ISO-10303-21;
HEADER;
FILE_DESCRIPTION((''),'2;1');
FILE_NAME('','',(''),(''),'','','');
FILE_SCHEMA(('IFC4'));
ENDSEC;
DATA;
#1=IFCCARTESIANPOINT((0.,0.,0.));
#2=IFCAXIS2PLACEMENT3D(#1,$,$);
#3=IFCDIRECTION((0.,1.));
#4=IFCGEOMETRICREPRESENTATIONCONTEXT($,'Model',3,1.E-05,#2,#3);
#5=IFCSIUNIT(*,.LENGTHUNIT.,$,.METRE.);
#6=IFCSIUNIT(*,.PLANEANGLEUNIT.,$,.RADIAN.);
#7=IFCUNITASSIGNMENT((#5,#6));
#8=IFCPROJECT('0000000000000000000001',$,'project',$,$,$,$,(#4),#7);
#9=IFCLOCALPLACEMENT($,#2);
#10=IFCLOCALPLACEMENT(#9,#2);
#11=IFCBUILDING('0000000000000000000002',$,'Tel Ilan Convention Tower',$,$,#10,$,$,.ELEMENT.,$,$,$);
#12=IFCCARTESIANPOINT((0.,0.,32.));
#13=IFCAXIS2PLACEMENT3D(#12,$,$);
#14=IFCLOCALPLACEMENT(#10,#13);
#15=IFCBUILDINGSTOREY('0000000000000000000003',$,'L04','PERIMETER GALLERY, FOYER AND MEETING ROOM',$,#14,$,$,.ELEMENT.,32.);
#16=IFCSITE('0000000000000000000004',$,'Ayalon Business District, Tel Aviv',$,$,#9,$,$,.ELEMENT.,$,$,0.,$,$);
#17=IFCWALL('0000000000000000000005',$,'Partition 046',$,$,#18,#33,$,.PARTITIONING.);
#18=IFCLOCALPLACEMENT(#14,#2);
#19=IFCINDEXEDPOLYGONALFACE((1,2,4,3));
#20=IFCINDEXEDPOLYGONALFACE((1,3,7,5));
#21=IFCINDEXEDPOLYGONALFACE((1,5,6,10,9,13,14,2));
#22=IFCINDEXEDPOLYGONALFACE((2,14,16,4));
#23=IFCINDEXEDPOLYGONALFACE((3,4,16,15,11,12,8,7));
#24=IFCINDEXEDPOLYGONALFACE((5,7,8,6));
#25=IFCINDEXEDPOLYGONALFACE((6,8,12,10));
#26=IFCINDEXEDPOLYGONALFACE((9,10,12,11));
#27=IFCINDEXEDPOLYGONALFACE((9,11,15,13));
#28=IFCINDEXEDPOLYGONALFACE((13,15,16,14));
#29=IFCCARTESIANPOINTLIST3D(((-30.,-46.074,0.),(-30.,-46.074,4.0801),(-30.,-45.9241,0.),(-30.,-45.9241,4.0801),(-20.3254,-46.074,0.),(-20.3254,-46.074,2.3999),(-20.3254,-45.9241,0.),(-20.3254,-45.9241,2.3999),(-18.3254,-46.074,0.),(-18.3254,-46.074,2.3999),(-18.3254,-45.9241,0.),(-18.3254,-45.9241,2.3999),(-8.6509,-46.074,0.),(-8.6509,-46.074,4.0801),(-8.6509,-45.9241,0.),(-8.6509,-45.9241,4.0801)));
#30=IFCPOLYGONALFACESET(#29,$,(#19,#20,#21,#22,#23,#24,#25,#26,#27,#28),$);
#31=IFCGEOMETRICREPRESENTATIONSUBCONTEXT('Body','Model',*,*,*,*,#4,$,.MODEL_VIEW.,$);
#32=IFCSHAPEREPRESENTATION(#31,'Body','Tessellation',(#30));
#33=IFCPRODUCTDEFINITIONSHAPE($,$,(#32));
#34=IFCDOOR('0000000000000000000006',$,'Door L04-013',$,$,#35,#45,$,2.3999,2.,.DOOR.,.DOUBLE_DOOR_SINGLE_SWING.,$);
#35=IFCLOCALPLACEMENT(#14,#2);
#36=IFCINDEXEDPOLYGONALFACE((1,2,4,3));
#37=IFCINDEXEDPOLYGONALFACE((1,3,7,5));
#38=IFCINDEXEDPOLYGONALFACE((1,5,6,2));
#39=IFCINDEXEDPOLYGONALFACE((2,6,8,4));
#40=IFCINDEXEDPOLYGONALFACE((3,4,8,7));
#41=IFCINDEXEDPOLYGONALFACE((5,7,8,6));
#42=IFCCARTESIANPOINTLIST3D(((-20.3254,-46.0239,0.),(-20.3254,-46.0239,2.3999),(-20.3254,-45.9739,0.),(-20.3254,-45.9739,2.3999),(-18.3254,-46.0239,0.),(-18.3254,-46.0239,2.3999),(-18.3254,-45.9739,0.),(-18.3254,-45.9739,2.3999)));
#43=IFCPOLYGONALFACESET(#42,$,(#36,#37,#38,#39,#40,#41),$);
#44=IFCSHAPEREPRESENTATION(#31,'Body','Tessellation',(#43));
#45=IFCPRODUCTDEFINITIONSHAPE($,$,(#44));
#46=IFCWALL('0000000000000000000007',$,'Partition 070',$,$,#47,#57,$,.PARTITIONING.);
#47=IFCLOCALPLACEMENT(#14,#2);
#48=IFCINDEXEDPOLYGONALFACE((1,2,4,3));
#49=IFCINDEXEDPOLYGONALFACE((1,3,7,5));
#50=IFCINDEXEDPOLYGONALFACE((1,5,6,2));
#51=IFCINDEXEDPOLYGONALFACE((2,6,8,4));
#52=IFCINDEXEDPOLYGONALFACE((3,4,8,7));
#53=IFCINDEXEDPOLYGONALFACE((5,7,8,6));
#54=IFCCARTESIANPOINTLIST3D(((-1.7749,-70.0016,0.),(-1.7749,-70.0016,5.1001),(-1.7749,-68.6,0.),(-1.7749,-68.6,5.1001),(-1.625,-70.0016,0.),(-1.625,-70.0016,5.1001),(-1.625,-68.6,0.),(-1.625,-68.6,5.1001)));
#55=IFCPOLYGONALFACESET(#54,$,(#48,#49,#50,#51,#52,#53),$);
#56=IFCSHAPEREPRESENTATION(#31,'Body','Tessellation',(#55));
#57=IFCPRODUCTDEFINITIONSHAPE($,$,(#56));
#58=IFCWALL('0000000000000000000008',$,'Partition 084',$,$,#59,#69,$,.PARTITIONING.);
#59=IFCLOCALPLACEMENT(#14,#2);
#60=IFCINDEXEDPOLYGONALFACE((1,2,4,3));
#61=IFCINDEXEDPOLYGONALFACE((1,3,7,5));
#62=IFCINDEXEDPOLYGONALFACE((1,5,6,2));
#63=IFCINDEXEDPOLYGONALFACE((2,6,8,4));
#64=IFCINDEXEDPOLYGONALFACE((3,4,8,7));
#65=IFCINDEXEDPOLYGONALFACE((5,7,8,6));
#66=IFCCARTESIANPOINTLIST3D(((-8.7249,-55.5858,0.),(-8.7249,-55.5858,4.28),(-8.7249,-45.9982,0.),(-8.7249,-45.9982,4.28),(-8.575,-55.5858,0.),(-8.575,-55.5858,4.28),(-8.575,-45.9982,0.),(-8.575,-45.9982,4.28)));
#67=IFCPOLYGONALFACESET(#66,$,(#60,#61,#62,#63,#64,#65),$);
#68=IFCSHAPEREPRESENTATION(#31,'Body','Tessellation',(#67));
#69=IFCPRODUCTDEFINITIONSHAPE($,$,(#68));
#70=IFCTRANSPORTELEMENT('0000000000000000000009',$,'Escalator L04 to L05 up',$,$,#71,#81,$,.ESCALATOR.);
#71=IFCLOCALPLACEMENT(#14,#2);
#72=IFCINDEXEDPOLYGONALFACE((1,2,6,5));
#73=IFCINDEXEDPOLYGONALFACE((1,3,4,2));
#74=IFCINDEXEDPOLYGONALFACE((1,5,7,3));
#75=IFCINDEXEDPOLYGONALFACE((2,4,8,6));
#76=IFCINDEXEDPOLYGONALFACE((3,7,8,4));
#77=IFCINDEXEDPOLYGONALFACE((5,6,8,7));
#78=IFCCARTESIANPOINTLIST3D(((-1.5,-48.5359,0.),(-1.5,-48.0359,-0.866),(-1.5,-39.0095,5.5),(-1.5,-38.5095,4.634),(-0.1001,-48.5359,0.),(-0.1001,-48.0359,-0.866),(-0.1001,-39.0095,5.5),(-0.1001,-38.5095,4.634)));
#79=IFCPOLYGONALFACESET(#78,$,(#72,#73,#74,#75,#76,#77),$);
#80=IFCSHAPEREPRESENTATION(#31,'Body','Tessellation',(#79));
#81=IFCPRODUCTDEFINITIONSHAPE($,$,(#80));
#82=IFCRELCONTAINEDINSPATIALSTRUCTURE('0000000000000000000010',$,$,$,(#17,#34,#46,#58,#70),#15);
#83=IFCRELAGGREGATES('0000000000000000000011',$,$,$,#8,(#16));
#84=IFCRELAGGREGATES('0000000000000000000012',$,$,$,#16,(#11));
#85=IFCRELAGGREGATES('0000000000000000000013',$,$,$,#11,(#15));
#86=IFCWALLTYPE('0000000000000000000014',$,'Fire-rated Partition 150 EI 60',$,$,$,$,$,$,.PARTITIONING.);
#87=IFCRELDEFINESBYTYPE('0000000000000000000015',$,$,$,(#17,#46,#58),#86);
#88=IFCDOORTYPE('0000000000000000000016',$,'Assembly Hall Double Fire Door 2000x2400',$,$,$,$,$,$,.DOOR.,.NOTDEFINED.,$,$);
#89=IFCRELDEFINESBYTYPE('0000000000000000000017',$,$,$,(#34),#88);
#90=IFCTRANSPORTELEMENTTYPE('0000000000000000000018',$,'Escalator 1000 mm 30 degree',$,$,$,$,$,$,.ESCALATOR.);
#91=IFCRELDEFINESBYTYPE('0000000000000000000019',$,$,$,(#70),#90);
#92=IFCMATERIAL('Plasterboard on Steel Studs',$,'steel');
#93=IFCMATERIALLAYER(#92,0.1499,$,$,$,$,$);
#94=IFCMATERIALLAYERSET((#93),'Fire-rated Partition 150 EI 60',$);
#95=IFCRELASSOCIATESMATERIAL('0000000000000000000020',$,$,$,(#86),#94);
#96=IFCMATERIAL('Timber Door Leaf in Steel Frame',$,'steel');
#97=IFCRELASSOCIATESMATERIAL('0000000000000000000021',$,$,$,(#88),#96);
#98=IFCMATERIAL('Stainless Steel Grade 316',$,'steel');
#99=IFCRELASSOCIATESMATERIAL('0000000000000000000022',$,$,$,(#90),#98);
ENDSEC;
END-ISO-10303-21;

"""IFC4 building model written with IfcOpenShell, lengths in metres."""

from ifc_helpers import new_model, si_unit, direction, frame, frame_2d, origin, place, context, subcontext, project, spatial, polyline, rectangle, outline, extrude, material, layer, layer_set, type_object, element, fill, save


model = new_model("IFC4")

# Units and contexts
model_context = context("Model", 3, precision=1e-05, world=origin(), true_north=direction((0.0, 1.0)))
body_context = subcontext(model_context, "Body", "Model", "MODEL_VIEW")
ifc_project = project(units=[si_unit("LENGTHUNIT", "METRE"), si_unit("PLANEANGLEUNIT", "RADIAN")], contexts=[model_context])

# Site, building, storey
site_placement = place(None, origin())
site = spatial("IfcSite", under=ifc_project, at=site_placement, Name="Ayalon Business District, Tel Aviv", CompositionType="ELEMENT", RefElevation=0.0)
building_placement = place(site_placement, origin())
building = spatial("IfcBuilding", under=site, at=building_placement, Name="Tel Ilan Convention Tower", CompositionType="ELEMENT")
storey_placement = place(building_placement, frame((0.0, 0.0, 32.0)))
storey = spatial("IfcBuildingStorey", under=building, at=storey_placement, Name="L04", Description="PERIMETER GALLERY, FOYER AND MEETING ROOM", CompositionType="ELEMENT", Elevation=32.0)

# Shared definitions
ifc_material_1 = material(Name="Plasterboard on Steel Studs", Category="steel")
ifc_layer = layer(ifc_material_1, 0.1499)
ifc_layer_set = layer_set([ifc_layer], Name="Fire-rated Partition 150 EI 60")
wall_type = type_object("IfcWallType", Name="Fire-rated Partition 150 EI 60", PredefinedType="PARTITIONING", material=ifc_layer_set)

# Wall, opening, door
wall_1_placement = place(storey_placement, frame((-8.6509, -45.999, 0.0), z_axis=(0.0, 0.0, 1.0), x_axis=(-1.0, 0.0, 0.0)))
wall_1 = element("IfcWall", 1, at=wall_1_placement, inside=storey, type_object=wall_type, Name="Partition 046", PredefinedType="PARTITIONING", context=body_context, shape_type="SweptSolid", body=[
    extrude(rectangle(XDim=21.3491, YDim=0.1499, at=frame_2d((10.6746, 0.0))), origin(), (0.0, 0.0, 1.0), 4.0801),
])
opening_1_placement = place(wall_1_placement, frame((9.6746, 0.0, 0.0)))
opening_1 = element("IfcOpeningElement", 2, at=opening_1_placement, cuts=wall_1, PredefinedType="OPENING", context=body_context, shape_type="SweptSolid", body=[
    extrude(rectangle(XDim=2.0, YDim=2.3999, at=frame_2d((1.0, 1.2))), frame((0.0, 0.085, 0.0), z_axis=(0.0, -1.0, 0.0), x_axis=(1.0, 0.0, 0.0)), (0.0, 0.0, 1.0), 0.1699),
])
ifc_material_2 = material(Name="Timber Door Leaf in Steel Frame", Category="steel")
door_type_1 = type_object("IfcDoorType", Name="Assembly Hall Double Fire Door 2000x2400", OperationType="NOTDEFINED", PredefinedType="DOOR", material=ifc_material_2)
door_1_placement = place(opening_1_placement, origin())
door_1 = element("IfcDoor", 3, at=door_1_placement, inside=storey, type_object=door_type_1, Name="Door L04-013", OperationType="DOUBLE_DOOR_SINGLE_SWING", OverallHeight=2.3999, OverallWidth=2.0, PredefinedType="DOOR", context=body_context, shape_type="SweptSolid", body=[
    extrude(rectangle(XDim=2.0, YDim=2.3999, at=frame_2d((1.0, 1.2))), frame((0.0, 0.0249, 0.0), z_axis=(0.0, -1.0, 0.0), x_axis=(1.0, 0.0, 0.0)), (0.0, 0.0, 1.0), 0.05),
])
fill(opening_1, door_1)

# Walls
wall_2_placement = place(storey_placement, frame((-1.7, -68.6001, 0.0), z_axis=(0.0, 0.0, 1.0), x_axis=(0.0, -1.0, 0.0)))
element("IfcWall", 4, at=wall_2_placement, inside=storey, type_object=wall_type, Name="Partition 070", PredefinedType="PARTITIONING", context=body_context, shape_type="SweptSolid", body=[
    extrude(rectangle(XDim=1.4016, YDim=0.1499, at=frame_2d((0.7007, 0.0))), origin(), (0.0, 0.0, 1.0), 5.1001),
])
wall_3_placement = place(storey_placement, frame((-8.6499, -55.5859, 0.0), z_axis=(0.0, 0.0, 1.0), x_axis=(0.0, 1.0, 0.0)))
element("IfcWall", 5, at=wall_3_placement, inside=storey, type_object=wall_type, Name="Partition 084", PredefinedType="PARTITIONING", context=body_context, shape_type="SweptSolid", body=[
    extrude(rectangle(XDim=9.5876, YDim=0.1499, at=frame_2d((4.7939, 0.0))), origin(), (0.0, 0.0, 1.0), 4.28),
])

# Transport element
ifc_material_3 = material(Name="Stainless Steel Grade 316", Category="steel")
transport_element_type = type_object("IfcTransportElementType", Name="Escalator 1000 mm 30 degree", PredefinedType="ESCALATOR", material=ifc_material_3)
transport_element_placement = place(storey_placement, frame((-1.5, -48.5359, 0.0), z_axis=(0.0, -0.499997, 0.866027), x_axis=(1.0, 0.0, 0.0)))
element("IfcTransportElement", 6, at=transport_element_placement, inside=storey, type_object=transport_element_type, Name="Escalator L04 to L05 up", PredefinedType="ESCALATOR", context=body_context, shape_type="SweptSolid", body=[
    extrude(outline(polyline([(0.0, 0.0), (1.3999, 0.0), (1.3999, 11.0001), (0.0, 11.0001), (0.0, 0.0)])), origin(), (0.0, 0.0, -1.0), 1.0),
])

save(model, "model.ifc")
